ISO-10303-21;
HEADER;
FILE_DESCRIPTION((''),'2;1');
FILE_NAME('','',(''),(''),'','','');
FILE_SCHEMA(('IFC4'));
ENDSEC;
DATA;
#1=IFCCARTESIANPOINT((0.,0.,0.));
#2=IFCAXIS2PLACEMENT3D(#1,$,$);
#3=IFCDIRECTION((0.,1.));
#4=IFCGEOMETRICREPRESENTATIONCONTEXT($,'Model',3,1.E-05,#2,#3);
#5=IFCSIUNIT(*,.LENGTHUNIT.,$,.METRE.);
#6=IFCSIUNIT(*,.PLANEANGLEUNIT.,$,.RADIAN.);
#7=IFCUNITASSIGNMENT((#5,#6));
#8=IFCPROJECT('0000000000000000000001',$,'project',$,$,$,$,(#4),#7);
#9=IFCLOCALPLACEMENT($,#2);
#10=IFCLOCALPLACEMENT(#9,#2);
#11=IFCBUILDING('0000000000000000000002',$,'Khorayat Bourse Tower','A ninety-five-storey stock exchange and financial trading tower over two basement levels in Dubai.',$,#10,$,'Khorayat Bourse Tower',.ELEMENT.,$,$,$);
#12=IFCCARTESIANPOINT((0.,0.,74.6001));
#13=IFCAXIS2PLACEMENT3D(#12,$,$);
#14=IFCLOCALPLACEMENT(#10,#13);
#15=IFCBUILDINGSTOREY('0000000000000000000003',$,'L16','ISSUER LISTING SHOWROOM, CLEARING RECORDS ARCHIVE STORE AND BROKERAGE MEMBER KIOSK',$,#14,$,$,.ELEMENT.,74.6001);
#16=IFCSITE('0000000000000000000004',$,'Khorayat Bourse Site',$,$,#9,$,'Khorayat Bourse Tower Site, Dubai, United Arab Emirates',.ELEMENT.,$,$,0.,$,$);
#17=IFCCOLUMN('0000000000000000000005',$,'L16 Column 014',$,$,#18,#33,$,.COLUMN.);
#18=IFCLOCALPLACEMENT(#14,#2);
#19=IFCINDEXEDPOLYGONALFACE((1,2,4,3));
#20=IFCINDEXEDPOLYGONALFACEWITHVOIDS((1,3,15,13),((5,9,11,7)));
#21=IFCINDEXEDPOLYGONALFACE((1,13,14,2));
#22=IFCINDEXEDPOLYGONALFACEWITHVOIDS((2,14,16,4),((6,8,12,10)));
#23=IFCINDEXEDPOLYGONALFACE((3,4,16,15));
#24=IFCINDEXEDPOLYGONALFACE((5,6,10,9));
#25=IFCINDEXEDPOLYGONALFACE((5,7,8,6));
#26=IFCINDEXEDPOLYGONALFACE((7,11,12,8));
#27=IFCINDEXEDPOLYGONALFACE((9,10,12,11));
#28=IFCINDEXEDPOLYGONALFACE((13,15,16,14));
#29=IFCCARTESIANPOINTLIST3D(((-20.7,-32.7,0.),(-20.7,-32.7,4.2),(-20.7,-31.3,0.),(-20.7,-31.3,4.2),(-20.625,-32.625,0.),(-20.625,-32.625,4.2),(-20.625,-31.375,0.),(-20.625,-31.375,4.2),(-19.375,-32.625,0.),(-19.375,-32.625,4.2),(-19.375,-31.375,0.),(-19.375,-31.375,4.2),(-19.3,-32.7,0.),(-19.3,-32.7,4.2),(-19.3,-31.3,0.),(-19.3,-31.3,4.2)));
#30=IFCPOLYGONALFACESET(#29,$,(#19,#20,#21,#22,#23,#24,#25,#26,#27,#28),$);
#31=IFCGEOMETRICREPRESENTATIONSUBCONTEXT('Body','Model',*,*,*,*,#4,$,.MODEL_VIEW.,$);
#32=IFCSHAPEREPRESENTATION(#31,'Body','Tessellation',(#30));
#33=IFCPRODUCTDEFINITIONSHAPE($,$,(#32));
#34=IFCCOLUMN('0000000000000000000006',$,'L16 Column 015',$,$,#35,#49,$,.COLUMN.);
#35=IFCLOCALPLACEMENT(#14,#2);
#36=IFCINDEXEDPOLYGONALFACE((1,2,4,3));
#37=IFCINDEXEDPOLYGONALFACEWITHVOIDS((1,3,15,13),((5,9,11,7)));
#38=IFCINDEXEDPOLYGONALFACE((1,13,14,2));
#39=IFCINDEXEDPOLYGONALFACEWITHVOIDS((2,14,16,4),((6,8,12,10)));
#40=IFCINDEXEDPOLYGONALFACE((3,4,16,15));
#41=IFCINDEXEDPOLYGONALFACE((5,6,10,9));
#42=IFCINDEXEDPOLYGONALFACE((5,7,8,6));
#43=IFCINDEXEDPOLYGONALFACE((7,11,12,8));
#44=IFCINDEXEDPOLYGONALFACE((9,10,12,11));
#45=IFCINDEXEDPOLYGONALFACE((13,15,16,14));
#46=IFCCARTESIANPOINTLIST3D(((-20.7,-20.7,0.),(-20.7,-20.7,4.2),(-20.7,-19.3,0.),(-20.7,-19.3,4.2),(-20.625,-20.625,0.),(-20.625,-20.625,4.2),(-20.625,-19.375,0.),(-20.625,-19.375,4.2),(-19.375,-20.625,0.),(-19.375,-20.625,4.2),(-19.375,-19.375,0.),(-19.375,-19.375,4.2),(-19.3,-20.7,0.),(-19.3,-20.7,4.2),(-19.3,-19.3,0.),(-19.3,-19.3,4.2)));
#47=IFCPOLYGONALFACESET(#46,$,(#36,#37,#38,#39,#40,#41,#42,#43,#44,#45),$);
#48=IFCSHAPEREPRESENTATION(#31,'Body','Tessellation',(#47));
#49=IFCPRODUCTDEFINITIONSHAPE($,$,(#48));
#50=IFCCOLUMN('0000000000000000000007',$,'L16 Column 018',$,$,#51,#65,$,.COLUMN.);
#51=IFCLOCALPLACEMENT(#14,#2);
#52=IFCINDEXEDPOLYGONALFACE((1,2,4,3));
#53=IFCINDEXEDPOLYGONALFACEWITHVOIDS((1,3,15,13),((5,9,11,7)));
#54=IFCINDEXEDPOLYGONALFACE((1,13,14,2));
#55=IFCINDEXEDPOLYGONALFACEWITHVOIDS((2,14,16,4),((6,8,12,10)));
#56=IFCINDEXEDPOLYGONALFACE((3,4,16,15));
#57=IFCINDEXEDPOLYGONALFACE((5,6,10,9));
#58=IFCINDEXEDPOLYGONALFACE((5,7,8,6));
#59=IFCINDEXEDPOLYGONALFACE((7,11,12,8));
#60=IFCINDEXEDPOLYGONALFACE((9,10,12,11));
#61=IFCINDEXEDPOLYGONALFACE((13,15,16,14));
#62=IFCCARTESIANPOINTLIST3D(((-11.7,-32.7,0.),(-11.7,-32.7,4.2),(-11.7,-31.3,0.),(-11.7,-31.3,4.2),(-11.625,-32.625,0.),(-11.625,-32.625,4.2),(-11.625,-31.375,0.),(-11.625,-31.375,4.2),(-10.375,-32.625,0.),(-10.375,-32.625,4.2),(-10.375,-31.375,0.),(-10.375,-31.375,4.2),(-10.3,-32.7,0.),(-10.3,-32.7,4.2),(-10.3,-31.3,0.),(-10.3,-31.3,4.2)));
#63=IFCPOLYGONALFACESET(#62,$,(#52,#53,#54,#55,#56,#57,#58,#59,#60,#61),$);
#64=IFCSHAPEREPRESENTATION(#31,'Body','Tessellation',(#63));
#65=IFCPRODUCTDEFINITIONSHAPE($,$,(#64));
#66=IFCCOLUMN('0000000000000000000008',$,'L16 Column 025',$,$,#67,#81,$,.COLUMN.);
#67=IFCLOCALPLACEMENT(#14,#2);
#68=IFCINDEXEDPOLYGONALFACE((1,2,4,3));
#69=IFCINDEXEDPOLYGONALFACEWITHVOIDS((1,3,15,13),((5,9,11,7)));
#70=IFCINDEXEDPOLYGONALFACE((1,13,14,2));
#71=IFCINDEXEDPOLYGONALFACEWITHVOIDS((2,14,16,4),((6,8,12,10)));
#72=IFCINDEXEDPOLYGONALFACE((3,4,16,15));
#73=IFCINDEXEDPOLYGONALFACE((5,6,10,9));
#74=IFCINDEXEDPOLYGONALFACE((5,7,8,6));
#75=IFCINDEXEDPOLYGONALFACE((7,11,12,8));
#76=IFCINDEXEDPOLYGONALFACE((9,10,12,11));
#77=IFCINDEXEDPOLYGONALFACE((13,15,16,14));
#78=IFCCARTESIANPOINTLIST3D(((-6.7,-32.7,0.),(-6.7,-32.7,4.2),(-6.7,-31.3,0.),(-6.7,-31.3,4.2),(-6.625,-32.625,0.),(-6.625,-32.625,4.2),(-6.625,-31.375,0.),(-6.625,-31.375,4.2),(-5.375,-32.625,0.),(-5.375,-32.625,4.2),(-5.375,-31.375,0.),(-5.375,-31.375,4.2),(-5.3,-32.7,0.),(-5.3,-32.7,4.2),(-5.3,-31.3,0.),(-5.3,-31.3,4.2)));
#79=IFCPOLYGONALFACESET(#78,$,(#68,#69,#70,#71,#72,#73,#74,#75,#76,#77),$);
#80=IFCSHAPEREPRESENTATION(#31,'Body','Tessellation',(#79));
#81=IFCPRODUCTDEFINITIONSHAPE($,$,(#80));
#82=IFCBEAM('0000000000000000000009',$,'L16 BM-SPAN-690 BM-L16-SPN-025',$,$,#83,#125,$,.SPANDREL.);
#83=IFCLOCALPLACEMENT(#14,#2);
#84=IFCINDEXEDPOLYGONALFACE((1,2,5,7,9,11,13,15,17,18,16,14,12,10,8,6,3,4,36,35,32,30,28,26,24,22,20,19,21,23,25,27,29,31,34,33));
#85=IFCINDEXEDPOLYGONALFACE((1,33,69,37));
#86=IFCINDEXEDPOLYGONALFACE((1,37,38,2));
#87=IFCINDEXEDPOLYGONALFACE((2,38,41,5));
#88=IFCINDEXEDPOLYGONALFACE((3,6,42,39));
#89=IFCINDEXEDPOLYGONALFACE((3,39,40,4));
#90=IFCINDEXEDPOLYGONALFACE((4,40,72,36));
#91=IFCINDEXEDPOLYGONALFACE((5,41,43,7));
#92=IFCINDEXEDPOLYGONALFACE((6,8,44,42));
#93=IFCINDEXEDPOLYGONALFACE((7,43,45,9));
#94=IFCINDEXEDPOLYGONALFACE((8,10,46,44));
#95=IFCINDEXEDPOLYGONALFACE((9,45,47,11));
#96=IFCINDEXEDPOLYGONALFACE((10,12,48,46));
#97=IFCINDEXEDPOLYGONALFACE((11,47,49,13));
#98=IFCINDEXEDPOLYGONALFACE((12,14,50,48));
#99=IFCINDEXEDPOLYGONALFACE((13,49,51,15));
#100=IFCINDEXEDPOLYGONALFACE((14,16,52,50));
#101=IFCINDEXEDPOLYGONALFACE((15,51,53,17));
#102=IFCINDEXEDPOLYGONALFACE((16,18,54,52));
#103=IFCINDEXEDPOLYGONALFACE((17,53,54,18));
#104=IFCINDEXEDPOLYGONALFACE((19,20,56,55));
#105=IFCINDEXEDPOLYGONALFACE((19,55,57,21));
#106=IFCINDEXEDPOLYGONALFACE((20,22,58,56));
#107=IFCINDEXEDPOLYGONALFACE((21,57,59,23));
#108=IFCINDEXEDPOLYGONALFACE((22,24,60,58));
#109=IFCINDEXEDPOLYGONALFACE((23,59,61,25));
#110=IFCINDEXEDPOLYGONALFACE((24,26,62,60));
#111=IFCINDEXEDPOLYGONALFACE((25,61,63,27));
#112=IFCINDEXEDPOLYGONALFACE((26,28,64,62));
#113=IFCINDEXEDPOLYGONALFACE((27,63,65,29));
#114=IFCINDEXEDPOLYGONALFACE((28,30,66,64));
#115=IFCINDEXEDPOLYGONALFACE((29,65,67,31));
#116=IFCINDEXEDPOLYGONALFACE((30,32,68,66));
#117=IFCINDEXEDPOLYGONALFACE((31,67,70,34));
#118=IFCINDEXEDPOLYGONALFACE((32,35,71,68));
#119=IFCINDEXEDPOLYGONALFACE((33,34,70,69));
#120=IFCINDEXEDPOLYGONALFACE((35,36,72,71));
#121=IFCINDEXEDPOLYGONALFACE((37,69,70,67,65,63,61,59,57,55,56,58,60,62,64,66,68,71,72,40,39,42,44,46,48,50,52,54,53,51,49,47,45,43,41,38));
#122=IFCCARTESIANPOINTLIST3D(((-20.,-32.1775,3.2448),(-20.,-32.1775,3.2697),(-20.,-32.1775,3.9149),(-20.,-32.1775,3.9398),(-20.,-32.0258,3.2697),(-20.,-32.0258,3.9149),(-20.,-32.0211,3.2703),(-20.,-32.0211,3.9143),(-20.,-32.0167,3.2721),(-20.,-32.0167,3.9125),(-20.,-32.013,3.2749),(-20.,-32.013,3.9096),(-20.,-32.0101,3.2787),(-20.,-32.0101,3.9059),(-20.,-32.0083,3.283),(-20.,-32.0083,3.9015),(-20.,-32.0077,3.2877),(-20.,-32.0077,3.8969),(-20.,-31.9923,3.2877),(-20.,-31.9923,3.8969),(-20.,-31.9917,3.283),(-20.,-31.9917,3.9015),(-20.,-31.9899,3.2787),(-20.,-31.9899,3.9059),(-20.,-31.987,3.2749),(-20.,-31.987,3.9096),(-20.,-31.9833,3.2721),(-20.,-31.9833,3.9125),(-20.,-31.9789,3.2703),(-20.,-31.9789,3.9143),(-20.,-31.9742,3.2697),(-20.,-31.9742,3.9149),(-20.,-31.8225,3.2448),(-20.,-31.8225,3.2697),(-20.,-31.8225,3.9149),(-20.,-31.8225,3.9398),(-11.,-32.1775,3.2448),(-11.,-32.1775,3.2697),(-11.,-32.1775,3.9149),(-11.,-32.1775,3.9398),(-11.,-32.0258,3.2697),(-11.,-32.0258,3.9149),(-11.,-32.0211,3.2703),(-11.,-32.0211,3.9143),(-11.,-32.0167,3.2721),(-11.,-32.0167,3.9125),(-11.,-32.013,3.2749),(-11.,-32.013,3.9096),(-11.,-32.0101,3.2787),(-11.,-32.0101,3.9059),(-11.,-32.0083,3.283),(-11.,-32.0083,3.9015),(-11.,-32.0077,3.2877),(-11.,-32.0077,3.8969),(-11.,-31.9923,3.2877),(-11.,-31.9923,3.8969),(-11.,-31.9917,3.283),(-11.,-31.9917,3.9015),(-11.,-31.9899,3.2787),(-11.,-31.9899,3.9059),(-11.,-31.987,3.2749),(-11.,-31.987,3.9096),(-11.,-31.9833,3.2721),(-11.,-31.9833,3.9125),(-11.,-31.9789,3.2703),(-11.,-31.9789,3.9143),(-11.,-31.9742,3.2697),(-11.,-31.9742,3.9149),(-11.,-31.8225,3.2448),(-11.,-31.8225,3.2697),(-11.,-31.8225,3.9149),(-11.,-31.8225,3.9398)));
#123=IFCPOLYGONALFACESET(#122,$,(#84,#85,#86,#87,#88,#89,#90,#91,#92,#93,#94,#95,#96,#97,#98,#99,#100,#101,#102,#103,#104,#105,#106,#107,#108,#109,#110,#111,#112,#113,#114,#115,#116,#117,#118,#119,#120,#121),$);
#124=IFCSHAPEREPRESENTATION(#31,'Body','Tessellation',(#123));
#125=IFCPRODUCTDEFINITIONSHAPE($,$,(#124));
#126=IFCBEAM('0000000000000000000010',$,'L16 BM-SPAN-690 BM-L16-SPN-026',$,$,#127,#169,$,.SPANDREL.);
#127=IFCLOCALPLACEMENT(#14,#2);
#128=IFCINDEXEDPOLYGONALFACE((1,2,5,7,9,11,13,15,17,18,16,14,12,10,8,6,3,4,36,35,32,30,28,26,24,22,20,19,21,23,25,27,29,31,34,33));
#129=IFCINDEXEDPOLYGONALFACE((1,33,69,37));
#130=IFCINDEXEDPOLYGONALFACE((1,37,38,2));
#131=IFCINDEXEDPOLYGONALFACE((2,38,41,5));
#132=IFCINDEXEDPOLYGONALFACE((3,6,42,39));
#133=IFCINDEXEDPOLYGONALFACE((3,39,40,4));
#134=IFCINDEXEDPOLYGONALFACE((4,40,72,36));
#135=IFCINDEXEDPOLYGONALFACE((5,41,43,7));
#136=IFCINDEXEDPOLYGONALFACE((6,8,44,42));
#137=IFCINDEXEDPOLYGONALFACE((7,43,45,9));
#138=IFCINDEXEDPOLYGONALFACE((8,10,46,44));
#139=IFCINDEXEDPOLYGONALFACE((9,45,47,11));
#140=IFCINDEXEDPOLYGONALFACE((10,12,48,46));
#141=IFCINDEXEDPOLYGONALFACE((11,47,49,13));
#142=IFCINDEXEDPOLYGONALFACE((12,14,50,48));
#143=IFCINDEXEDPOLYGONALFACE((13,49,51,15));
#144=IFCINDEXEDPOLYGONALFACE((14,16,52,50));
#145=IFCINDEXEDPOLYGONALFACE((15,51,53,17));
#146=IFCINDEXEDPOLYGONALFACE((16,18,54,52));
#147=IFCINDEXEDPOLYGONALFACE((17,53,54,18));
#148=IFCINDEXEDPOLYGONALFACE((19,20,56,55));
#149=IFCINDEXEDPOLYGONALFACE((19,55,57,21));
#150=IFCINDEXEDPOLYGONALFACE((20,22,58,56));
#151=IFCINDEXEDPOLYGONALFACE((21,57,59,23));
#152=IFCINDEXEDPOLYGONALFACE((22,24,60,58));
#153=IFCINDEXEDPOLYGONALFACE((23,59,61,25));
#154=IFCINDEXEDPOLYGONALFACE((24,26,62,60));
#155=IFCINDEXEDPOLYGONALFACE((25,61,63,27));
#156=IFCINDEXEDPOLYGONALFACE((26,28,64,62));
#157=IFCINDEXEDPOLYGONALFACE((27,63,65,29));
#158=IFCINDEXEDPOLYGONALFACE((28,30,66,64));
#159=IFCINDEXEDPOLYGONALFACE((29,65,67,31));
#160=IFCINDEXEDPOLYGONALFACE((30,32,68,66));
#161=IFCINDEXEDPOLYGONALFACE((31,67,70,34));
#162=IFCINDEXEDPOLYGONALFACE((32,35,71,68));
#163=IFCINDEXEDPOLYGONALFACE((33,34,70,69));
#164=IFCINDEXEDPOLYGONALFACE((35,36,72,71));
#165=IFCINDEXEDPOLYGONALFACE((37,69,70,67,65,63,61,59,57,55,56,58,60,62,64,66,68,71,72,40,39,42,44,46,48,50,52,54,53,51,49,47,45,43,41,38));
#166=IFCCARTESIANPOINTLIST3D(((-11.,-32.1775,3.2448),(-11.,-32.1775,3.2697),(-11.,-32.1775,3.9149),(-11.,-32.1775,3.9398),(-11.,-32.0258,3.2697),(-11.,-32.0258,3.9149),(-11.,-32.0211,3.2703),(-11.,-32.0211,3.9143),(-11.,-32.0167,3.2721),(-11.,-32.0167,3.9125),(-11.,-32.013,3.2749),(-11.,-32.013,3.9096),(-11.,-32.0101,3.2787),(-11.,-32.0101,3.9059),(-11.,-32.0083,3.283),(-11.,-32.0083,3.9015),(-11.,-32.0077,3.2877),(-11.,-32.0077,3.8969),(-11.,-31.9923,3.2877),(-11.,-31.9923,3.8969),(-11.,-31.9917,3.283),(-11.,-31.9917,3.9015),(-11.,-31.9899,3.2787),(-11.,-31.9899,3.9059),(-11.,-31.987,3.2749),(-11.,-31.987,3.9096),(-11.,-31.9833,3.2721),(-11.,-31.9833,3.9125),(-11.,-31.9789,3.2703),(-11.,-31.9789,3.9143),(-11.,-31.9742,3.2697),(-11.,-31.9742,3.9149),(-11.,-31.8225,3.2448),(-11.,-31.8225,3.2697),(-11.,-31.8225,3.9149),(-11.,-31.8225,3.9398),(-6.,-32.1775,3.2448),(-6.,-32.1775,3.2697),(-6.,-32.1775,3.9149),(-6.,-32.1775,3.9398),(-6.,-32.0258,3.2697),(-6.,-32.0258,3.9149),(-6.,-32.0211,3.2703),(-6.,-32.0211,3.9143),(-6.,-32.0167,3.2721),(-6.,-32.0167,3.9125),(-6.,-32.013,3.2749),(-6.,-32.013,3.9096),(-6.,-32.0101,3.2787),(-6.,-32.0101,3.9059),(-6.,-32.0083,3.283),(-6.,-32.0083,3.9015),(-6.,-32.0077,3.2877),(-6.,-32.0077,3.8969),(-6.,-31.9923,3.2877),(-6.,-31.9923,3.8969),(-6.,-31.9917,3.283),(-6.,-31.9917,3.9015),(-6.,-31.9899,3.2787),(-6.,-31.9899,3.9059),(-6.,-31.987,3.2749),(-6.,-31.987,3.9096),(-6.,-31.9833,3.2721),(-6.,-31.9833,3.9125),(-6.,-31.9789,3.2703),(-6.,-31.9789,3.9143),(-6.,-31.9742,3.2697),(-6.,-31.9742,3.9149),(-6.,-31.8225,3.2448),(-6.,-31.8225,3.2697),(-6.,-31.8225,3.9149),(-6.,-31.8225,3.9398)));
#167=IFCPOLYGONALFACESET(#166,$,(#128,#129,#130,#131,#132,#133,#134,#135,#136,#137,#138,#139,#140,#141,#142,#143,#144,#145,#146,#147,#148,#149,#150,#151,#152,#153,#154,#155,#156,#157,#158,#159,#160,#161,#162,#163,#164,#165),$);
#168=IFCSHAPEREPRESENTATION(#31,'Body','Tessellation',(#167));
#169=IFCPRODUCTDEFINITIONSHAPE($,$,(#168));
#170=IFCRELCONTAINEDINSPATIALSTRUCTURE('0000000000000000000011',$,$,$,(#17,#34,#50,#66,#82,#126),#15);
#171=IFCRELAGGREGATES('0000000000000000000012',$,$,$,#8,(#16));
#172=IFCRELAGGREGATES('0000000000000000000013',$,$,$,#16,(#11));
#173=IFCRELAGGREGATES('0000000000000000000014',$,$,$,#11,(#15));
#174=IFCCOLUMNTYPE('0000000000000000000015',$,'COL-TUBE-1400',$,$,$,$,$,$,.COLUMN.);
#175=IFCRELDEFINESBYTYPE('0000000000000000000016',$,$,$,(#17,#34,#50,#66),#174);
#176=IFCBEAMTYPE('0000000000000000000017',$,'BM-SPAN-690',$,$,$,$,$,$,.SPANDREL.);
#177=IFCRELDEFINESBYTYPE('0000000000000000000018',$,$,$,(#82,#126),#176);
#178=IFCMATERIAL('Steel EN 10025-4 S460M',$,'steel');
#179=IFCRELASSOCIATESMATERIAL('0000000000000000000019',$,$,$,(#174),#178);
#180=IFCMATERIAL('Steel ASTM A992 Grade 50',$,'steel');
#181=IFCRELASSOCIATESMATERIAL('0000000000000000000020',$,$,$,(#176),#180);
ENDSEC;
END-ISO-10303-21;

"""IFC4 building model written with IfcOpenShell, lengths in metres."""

from ifc_helpers import new_model, si_unit, direction, frame, origin, origin_2d, place, context, subcontext, project, spatial, hollow_rectangle, i_section, extrude, source, transform, mapped, material, material_profile, profile_set, type_object, element, save


model = new_model("IFC4")

# Units and contexts
model_context = context("Model", 3, precision=1e-05, world=origin(), true_north=direction((0.0, 1.0)))
body_context = subcontext(model_context, "Body", "Model", "MODEL_VIEW")
ifc_project = project(units=[si_unit("LENGTHUNIT", "METRE"), si_unit("PLANEANGLEUNIT", "RADIAN")], contexts=[model_context])

# Site, building, storey
site_placement = place(None, origin())
site = spatial("IfcSite", under=ifc_project, at=site_placement, Name="Khorayat Bourse Site", LongName="Khorayat Bourse Tower Site, Dubai, United Arab Emirates", CompositionType="ELEMENT", RefElevation=0.0)
building_placement = place(site_placement, origin())
building = spatial("IfcBuilding", under=site, at=building_placement, Name="Khorayat Bourse Tower", Description="A ninety-five-storey stock exchange and financial trading tower over two basement levels in Dubai.", LongName="Khorayat Bourse Tower", CompositionType="ELEMENT")
storey_placement = place(building_placement, frame((0.0, 0.0, 74.6001)))
storey = spatial("IfcBuildingStorey", under=building, at=storey_placement, Name="L16", Description="ISSUER LISTING SHOWROOM, CLEARING RECORDS ARCHIVE STORE AND BROKERAGE MEMBER KIOSK", CompositionType="ELEMENT", Elevation=74.6001)

# Columns
ifc_material_1 = material(Name="Steel EN 10025-4 S460M", Category="steel")
ifc_material_profile_1 = material_profile(ifc_material_1, hollow_rectangle(XDim=1.3999, YDim=1.3999, WallThickness=0.075, at=origin_2d()), Name="BOX 1400x1400x75")
ifc_profile_set_1 = profile_set([ifc_material_profile_1], Name="Steel EN 10025-4 S460M")
column_type = type_object("IfcColumnType", Name="COL-TUBE-1400", PredefinedType="COLUMN", material=ifc_profile_set_1)
shared_shape_1 = source(origin(), body_context, "Body", "SweptSolid", [
    extrude(hollow_rectangle(XDim=1.3999, YDim=1.3999, WallThickness=0.075, at=origin_2d()), origin(), (0.0, 0.0, 1.0), 4.2),
])
for number, where, z_axis, x_axis, name in (
    (1, (-20.0, -32.0, 0.0), (0.0, 0.0, 1.0), (1.0, 0.0, 0.0), "L16 Column 014"),
    (2, (-20.0, -20.0, 0.0), (0.0, 0.0, 1.0), (1.0, 0.0, 0.0), "L16 Column 015"),
    (3, (-11.0, -32.0, 0.0), (0.0, 0.0, 1.0), (1.0, 0.0, 0.0), "L16 Column 018"),
    (4, (-6.0, -32.0, 0.0), (0.0, 0.0, 1.0), (1.0, 0.0, 0.0), "L16 Column 025"),
):
    element("IfcColumn", number, at=place(storey_placement, frame(where, z_axis=z_axis, x_axis=x_axis)), inside=storey, type_object=column_type, Name=name, PredefinedType="COLUMN", context=body_context, shape_type="MappedRepresentation", body=[
        mapped(shared_shape_1, transform((0.0, 0.0, 0.0), scale=1.0)),
    ])

# Beams
ifc_material_2 = material(Name="Steel ASTM A992 Grade 50", Category="steel")
ifc_material_profile_2 = material_profile(ifc_material_2, i_section(OverallWidth=0.355, OverallDepth=0.6951, WebThickness=0.0154, FlangeThickness=0.0249, FilletRadius=0.0181, at=origin_2d()), Name="W690X217")
ifc_profile_set_2 = profile_set([ifc_material_profile_2], Name="Steel ASTM A992 Grade 50")
beam_type_1 = type_object("IfcBeamType", Name="BM-SPAN-690", PredefinedType="SPANDREL", material=ifc_profile_set_2)
shared_shape_2 = source(origin(), body_context, "Body", "SweptSolid", [
    extrude(i_section(OverallWidth=0.355, OverallDepth=0.6951, WebThickness=0.0154, FlangeThickness=0.0249, FilletRadius=0.0181, at=origin_2d()), origin(), (0.0, 0.0, 1.0), 9.0),
])
beam_1_placement = place(storey_placement, frame((-20.0, -32.0, 3.5923), z_axis=(1.0, 0.0, 0.0), x_axis=(0.0, 1.0, 0.0)))
element("IfcBeam", 5, at=beam_1_placement, inside=storey, type_object=beam_type_1, Name="L16 BM-SPAN-690 BM-L16-SPN-025", PredefinedType="SPANDREL", context=body_context, shape_type="MappedRepresentation", body=[
    mapped(shared_shape_2, transform((0.0, 0.0, 0.0), scale=1.0)),
])
shared_shape_3 = source(origin(), body_context, "Body", "SweptSolid", [
    extrude(i_section(OverallWidth=0.355, OverallDepth=0.6951, WebThickness=0.0154, FlangeThickness=0.0249, FilletRadius=0.0181, at=origin_2d()), origin(), (0.0, 0.0, 1.0), 5.0),
])
beam_2_placement = place(storey_placement, frame((-11.0, -32.0, 3.5923), z_axis=(1.0, 0.0, 0.0), x_axis=(0.0, 1.0, 0.0)))
element("IfcBeam", 6, at=beam_2_placement, inside=storey, type_object=beam_type_1, Name="L16 BM-SPAN-690 BM-L16-SPN-026", PredefinedType="SPANDREL", context=body_context, shape_type="MappedRepresentation", body=[
    mapped(shared_shape_3, transform((0.0, 0.0, 0.0), scale=1.0)),
])

save(model, "model.ifc")
